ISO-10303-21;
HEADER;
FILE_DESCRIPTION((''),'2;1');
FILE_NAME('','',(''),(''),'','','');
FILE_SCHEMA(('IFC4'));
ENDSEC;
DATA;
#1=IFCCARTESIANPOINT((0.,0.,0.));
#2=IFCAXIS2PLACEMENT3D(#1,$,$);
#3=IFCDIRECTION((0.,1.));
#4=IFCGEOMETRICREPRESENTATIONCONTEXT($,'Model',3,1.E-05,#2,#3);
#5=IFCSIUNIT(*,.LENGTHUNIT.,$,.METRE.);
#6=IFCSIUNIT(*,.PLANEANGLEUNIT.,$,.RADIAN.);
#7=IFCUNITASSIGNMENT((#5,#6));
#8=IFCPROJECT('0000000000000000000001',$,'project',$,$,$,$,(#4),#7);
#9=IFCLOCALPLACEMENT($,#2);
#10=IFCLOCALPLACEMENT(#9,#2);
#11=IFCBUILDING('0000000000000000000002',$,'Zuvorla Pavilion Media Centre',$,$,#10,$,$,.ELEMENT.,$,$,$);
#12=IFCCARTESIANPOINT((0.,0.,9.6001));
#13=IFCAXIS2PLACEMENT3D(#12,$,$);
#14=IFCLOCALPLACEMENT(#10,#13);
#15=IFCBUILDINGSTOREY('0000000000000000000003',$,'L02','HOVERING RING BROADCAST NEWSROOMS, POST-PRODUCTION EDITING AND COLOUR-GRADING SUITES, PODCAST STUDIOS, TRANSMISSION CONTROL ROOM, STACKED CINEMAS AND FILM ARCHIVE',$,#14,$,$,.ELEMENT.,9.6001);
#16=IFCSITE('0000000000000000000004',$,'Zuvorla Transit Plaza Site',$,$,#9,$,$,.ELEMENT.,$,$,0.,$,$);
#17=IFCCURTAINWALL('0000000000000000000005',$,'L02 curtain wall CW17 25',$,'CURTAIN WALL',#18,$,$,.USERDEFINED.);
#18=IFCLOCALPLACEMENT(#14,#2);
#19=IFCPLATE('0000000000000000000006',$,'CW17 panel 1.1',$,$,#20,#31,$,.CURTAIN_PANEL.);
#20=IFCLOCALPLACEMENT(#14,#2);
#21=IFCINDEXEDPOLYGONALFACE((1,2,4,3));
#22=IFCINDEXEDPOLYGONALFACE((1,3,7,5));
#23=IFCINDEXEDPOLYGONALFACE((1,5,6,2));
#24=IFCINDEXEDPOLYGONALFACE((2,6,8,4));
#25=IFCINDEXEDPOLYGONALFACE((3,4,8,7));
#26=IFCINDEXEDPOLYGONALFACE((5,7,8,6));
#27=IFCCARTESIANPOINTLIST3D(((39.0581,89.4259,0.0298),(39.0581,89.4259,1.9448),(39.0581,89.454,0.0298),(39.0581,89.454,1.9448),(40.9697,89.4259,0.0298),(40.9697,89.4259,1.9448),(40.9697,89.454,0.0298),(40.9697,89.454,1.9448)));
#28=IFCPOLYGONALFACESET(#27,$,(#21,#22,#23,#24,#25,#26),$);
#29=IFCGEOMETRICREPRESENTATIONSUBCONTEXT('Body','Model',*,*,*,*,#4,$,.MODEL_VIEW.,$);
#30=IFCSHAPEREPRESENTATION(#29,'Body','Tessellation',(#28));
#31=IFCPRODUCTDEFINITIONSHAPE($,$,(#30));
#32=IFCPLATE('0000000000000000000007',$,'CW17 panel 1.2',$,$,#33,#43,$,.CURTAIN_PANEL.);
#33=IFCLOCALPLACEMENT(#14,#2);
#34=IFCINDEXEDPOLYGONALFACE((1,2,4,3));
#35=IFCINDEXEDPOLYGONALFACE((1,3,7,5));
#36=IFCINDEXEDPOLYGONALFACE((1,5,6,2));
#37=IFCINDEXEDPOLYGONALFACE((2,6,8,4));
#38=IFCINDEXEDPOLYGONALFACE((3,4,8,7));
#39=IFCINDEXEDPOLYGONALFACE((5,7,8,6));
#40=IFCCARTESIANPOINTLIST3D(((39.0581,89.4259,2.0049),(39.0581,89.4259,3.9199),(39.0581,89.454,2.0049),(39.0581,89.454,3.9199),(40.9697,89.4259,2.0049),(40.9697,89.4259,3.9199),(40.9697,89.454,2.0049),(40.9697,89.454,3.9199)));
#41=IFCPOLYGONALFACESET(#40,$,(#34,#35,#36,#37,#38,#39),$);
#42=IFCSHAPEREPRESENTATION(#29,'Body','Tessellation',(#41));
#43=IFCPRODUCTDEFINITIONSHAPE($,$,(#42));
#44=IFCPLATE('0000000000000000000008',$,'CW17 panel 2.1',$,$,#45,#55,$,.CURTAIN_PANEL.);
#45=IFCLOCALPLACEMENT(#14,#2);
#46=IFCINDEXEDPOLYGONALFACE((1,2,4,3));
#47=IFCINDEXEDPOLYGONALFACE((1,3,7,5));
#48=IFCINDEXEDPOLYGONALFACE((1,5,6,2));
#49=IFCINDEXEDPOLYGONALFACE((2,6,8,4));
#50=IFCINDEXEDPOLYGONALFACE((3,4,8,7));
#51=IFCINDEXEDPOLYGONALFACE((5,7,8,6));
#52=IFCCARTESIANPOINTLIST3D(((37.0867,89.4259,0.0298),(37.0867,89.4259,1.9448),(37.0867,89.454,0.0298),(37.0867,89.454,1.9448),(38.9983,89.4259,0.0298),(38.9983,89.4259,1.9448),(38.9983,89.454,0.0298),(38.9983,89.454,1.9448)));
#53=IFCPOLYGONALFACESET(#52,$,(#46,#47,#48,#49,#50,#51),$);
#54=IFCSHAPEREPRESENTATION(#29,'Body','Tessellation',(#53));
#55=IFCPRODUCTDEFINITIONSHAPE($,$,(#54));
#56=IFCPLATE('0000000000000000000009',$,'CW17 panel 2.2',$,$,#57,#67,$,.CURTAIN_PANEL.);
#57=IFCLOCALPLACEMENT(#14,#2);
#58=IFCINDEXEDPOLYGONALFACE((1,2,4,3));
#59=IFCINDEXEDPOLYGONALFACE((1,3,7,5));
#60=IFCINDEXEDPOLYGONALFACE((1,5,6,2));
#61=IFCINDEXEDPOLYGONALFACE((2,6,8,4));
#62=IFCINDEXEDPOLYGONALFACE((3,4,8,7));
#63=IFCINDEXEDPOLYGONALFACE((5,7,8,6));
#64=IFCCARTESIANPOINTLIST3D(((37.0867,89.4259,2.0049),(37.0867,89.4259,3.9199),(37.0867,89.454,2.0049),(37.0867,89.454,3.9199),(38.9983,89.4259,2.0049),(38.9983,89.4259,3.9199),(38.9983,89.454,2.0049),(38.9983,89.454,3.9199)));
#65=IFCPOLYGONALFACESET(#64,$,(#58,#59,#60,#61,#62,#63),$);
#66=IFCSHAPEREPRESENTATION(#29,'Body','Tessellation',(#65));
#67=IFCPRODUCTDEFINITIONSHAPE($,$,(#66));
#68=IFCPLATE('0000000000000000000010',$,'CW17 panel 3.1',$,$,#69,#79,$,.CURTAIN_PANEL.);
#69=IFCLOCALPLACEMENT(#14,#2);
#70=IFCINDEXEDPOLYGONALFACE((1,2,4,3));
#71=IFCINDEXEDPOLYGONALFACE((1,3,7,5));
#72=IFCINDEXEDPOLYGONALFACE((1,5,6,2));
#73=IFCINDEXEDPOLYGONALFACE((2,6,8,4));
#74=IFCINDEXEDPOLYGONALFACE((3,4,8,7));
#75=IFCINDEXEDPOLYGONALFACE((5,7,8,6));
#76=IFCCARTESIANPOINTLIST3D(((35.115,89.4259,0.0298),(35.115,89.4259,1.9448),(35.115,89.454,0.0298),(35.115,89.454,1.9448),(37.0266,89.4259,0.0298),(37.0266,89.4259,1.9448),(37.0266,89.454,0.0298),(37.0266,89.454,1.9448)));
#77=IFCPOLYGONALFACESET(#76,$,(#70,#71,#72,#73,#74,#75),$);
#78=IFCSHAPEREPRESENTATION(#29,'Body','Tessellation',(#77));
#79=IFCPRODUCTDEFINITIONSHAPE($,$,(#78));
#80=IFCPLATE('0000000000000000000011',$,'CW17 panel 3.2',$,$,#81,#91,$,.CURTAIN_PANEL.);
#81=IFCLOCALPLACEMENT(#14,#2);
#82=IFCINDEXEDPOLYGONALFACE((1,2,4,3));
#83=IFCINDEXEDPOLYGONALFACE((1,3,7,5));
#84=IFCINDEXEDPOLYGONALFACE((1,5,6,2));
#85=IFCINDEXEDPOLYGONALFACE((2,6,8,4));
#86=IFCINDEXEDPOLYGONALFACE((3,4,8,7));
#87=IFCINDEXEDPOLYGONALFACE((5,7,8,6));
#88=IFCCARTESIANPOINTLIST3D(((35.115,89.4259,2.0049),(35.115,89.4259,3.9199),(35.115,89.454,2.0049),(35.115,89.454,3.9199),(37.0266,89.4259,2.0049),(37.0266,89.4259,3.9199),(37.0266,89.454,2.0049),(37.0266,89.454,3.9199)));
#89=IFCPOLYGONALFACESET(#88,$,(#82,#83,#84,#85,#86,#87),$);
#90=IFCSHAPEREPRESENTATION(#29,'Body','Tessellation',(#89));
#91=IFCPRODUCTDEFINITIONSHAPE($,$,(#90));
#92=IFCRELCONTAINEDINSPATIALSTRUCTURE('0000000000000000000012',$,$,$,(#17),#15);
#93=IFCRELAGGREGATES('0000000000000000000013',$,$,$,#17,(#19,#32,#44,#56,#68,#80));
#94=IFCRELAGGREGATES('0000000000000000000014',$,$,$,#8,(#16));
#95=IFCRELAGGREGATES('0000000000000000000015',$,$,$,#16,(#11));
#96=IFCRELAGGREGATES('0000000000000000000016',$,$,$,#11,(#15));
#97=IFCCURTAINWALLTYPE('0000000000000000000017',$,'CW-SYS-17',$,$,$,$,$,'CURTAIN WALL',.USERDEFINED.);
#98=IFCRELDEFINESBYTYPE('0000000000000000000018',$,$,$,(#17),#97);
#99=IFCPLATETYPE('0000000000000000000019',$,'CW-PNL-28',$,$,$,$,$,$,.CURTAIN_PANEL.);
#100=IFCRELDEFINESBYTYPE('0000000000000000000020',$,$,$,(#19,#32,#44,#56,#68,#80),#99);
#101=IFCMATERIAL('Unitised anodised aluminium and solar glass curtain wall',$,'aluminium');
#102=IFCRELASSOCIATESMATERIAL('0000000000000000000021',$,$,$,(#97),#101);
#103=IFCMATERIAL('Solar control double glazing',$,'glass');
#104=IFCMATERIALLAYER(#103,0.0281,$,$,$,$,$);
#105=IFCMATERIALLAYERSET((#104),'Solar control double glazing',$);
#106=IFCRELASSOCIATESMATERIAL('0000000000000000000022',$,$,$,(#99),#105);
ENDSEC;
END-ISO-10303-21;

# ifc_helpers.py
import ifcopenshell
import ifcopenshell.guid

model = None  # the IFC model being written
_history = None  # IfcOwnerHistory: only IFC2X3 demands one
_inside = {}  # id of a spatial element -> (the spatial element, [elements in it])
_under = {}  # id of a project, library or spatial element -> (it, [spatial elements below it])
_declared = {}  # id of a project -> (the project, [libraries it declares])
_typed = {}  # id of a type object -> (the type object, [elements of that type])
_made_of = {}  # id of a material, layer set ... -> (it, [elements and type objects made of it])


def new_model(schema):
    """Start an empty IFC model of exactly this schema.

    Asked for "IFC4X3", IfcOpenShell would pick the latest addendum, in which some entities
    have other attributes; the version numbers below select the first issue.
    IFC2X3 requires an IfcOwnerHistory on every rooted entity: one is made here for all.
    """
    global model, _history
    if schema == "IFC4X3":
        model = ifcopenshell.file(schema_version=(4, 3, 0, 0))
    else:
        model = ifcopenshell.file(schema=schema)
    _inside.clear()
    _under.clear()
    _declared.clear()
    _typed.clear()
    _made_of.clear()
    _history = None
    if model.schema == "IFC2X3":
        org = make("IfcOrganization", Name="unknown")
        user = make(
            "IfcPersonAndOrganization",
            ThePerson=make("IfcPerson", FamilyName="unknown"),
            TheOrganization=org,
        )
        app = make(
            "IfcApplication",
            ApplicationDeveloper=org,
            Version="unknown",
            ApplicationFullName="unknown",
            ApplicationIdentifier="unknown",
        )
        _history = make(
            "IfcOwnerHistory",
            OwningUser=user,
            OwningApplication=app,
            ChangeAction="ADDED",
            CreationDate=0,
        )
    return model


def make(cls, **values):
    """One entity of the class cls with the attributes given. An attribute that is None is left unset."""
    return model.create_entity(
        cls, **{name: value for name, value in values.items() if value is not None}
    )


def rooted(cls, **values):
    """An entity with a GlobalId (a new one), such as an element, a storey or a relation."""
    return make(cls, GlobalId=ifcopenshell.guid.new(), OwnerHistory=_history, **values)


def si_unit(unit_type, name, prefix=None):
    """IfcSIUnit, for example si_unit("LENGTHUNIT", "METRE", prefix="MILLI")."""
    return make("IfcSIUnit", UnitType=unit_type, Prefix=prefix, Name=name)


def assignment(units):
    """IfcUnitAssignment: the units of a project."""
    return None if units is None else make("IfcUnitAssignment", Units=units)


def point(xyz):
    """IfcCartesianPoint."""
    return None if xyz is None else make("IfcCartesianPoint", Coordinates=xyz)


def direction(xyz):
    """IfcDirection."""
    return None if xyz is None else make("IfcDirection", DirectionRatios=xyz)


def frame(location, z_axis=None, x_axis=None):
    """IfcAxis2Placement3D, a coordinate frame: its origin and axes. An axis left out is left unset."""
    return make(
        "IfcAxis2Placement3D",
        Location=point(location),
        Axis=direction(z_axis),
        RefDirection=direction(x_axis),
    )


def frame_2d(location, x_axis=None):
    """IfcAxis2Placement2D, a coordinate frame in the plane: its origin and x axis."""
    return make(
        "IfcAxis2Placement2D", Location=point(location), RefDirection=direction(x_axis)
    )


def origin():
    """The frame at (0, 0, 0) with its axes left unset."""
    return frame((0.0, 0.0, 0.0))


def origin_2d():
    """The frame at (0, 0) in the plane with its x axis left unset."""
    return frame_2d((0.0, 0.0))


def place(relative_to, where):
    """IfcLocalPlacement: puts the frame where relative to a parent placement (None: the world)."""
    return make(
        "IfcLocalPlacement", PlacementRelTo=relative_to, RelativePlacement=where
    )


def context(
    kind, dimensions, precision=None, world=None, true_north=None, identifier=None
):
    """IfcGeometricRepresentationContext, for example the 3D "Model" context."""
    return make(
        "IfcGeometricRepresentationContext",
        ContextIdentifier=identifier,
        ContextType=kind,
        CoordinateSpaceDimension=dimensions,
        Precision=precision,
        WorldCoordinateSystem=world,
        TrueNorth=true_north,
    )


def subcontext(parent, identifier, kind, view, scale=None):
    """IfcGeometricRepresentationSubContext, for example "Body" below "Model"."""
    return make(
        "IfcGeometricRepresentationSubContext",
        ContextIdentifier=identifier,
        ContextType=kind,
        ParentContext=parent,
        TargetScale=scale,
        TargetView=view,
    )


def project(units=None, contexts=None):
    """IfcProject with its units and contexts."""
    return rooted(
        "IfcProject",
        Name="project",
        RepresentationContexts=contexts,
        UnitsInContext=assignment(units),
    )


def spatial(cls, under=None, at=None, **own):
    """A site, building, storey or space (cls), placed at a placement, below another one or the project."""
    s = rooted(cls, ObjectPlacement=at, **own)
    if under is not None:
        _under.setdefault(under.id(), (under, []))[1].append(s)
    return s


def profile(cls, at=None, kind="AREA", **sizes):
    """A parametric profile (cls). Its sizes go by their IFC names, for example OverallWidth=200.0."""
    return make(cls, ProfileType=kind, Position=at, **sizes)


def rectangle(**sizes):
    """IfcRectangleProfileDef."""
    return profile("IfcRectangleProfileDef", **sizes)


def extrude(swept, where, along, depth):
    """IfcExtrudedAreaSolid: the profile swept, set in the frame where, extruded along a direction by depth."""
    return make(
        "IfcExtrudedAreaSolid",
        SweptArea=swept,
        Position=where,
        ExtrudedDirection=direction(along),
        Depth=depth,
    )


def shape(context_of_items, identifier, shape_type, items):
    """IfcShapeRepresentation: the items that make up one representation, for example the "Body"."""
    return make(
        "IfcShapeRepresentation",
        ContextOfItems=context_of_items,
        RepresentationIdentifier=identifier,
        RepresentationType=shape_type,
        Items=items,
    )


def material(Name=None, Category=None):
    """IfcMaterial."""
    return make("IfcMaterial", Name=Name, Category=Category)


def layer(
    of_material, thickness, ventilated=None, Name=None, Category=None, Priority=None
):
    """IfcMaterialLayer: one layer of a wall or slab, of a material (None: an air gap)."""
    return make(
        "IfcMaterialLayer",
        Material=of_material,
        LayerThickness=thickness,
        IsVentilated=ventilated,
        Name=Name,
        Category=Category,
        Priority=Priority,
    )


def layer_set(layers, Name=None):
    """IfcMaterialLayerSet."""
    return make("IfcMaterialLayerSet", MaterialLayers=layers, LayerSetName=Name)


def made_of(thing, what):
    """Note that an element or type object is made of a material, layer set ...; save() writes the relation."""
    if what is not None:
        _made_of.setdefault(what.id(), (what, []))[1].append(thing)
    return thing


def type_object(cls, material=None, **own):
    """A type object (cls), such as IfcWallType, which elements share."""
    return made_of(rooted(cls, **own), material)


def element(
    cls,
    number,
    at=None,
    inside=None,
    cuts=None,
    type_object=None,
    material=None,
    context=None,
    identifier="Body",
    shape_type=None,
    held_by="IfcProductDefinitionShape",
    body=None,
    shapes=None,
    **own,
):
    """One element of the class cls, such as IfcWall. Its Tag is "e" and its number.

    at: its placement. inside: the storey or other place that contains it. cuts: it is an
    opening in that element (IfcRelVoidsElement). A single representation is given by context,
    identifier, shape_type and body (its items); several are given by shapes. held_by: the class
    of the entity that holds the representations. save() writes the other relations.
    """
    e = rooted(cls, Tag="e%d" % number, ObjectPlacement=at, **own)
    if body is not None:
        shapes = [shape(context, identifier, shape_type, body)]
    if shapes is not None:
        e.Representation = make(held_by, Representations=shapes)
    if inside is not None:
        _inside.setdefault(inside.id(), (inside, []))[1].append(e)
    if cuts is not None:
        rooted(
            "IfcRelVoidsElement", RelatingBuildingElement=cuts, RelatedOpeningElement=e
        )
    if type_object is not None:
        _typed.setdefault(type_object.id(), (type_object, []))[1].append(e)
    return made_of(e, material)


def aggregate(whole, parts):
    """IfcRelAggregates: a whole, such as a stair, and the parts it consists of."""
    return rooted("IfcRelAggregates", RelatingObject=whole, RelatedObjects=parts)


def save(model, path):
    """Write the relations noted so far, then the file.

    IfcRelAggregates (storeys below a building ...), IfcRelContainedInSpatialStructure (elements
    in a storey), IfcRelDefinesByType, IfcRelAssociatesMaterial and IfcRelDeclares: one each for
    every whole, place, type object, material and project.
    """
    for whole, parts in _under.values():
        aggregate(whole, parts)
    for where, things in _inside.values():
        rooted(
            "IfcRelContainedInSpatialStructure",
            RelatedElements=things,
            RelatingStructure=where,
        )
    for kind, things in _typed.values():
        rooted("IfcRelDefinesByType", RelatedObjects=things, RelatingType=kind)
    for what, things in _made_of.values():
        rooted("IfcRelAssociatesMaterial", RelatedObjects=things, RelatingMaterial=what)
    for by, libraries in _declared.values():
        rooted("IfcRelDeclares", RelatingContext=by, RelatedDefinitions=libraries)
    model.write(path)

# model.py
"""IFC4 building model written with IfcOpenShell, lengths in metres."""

from ifc_helpers import new_model, si_unit, direction, frame, origin, origin_2d, place, context, subcontext, project, spatial, rectangle, extrude, material, layer, layer_set, type_object, element, aggregate, save


model = new_model("IFC4")

# Units and contexts
model_context = context("Model", 3, precision=1e-05, world=origin(), true_north=direction((0.0, 1.0)))
body_context = subcontext(model_context, "Body", "Model", "MODEL_VIEW")
ifc_project = project(units=[si_unit("LENGTHUNIT", "METRE"), si_unit("PLANEANGLEUNIT", "RADIAN")], contexts=[model_context])

# Site, building, storey
site_placement = place(None, origin())
site = spatial("IfcSite", under=ifc_project, at=site_placement, Name="Zuvorla Transit Plaza Site", CompositionType="ELEMENT", RefElevation=0.0)
building_placement = place(site_placement, origin())
building = spatial("IfcBuilding", under=site, at=building_placement, Name="Zuvorla Pavilion Media Centre", CompositionType="ELEMENT")
storey_placement = place(building_placement, frame((0.0, 0.0, 9.6001)))
storey = spatial("IfcBuildingStorey", under=building, at=storey_placement, Name="L02", Description="HOVERING RING BROADCAST NEWSROOMS, POST-PRODUCTION EDITING AND COLOUR-GRADING SUITES, PODCAST STUDIOS, TRANSMISSION CONTROL ROOM, STACKED CINEMAS AND FILM ARCHIVE", CompositionType="ELEMENT", Elevation=9.6001)

# Curtain wall, plates
ifc_material_1 = material(Name="Unitised anodised aluminium and solar glass curtain wall", Category="aluminium")
curtain_wall_type = type_object("IfcCurtainWallType", Name="CW-SYS-17", ElementType="CURTAIN WALL", PredefinedType="USERDEFINED", material=ifc_material_1)
curtain_wall_placement = place(storey_placement, origin())
curtain_wall = element("IfcCurtainWall", 1, at=curtain_wall_placement, inside=storey, type_object=curtain_wall_type, Name="L02 curtain wall CW17 25", ObjectType="CURTAIN WALL", PredefinedType="USERDEFINED")
ifc_material_2 = material(Name="Solar control double glazing", Category="glass")
ifc_layer = layer(ifc_material_2, 0.0281)
ifc_layer_set = layer_set([ifc_layer], Name="Solar control double glazing")
plate_type = type_object("IfcPlateType", Name="CW-PNL-28", PredefinedType="CURTAIN_PANEL", material=ifc_layer_set)
plate_1_placement = place(storey_placement, frame((40.0139, 89.4399, 0.0298), z_axis=(0.0, 0.0, 1.0), x_axis=(-1.0, 0.0, 0.0)))
plate_1 = element("IfcPlate", 2, at=plate_1_placement, type_object=plate_type, Name="CW17 panel 1.1", PredefinedType="CURTAIN_PANEL", context=body_context, shape_type="SweptSolid", body=[
    extrude(rectangle(XDim=1.9116, YDim=0.0281, at=origin_2d()), origin(), (0.0, 0.0, 1.0), 1.915),
])
plate_2_placement = place(storey_placement, frame((40.0139, 89.4399, 2.0049), z_axis=(0.0, 0.0, 1.0), x_axis=(-1.0, 0.0, 0.0)))
plate_2 = element("IfcPlate", 3, at=plate_2_placement, type_object=plate_type, Name="CW17 panel 1.2", PredefinedType="CURTAIN_PANEL", context=body_context, shape_type="SweptSolid", body=[
    extrude(rectangle(XDim=1.9116, YDim=0.0281, at=origin_2d()), origin(), (0.0, 0.0, 1.0), 1.915),
])
plate_3_placement = place(storey_placement, frame((38.0425, 89.4399, 0.0298), z_axis=(0.0, 0.0, 1.0), x_axis=(-1.0, 0.0, 0.0)))
plate_3 = element("IfcPlate", 4, at=plate_3_placement, type_object=plate_type, Name="CW17 panel 2.1", PredefinedType="CURTAIN_PANEL", context=body_context, shape_type="SweptSolid", body=[
    extrude(rectangle(XDim=1.9116, YDim=0.0281, at=origin_2d()), origin(), (0.0, 0.0, 1.0), 1.915),
])
plate_4_placement = place(storey_placement, frame((38.0425, 89.4399, 2.0049), z_axis=(0.0, 0.0, 1.0), x_axis=(-1.0, 0.0, 0.0)))
plate_4 = element("IfcPlate", 5, at=plate_4_placement, type_object=plate_type, Name="CW17 panel 2.2", PredefinedType="CURTAIN_PANEL", context=body_context, shape_type="SweptSolid", body=[
    extrude(rectangle(XDim=1.9116, YDim=0.0281, at=origin_2d()), origin(), (0.0, 0.0, 1.0), 1.915),
])
plate_5_placement = place(storey_placement, frame((36.0708, 89.4399, 0.0298), z_axis=(0.0, 0.0, 1.0), x_axis=(-1.0, 0.0, 0.0)))
plate_5 = element("IfcPlate", 6, at=plate_5_placement, type_object=plate_type, Name="CW17 panel 3.1", PredefinedType="CURTAIN_PANEL", context=body_context, shape_type="SweptSolid", body=[
    extrude(rectangle(XDim=1.9116, YDim=0.0281, at=origin_2d()), origin(), (0.0, 0.0, 1.0), 1.915),
])
plate_6_placement = place(storey_placement, frame((36.0708, 89.4399, 2.0049), z_axis=(0.0, 0.0, 1.0), x_axis=(-1.0, 0.0, 0.0)))
plate_6 = element("IfcPlate", 7, at=plate_6_placement, type_object=plate_type, Name="CW17 panel 3.2", PredefinedType="CURTAIN_PANEL", context=body_context, shape_type="SweptSolid", body=[
    extrude(rectangle(XDim=1.9116, YDim=0.0281, at=origin_2d()), origin(), (0.0, 0.0, 1.0), 1.915),
])
aggregate(curtain_wall, [plate_1, plate_2, plate_3, plate_4, plate_5, plate_6])

save(model, "model.ifc")
